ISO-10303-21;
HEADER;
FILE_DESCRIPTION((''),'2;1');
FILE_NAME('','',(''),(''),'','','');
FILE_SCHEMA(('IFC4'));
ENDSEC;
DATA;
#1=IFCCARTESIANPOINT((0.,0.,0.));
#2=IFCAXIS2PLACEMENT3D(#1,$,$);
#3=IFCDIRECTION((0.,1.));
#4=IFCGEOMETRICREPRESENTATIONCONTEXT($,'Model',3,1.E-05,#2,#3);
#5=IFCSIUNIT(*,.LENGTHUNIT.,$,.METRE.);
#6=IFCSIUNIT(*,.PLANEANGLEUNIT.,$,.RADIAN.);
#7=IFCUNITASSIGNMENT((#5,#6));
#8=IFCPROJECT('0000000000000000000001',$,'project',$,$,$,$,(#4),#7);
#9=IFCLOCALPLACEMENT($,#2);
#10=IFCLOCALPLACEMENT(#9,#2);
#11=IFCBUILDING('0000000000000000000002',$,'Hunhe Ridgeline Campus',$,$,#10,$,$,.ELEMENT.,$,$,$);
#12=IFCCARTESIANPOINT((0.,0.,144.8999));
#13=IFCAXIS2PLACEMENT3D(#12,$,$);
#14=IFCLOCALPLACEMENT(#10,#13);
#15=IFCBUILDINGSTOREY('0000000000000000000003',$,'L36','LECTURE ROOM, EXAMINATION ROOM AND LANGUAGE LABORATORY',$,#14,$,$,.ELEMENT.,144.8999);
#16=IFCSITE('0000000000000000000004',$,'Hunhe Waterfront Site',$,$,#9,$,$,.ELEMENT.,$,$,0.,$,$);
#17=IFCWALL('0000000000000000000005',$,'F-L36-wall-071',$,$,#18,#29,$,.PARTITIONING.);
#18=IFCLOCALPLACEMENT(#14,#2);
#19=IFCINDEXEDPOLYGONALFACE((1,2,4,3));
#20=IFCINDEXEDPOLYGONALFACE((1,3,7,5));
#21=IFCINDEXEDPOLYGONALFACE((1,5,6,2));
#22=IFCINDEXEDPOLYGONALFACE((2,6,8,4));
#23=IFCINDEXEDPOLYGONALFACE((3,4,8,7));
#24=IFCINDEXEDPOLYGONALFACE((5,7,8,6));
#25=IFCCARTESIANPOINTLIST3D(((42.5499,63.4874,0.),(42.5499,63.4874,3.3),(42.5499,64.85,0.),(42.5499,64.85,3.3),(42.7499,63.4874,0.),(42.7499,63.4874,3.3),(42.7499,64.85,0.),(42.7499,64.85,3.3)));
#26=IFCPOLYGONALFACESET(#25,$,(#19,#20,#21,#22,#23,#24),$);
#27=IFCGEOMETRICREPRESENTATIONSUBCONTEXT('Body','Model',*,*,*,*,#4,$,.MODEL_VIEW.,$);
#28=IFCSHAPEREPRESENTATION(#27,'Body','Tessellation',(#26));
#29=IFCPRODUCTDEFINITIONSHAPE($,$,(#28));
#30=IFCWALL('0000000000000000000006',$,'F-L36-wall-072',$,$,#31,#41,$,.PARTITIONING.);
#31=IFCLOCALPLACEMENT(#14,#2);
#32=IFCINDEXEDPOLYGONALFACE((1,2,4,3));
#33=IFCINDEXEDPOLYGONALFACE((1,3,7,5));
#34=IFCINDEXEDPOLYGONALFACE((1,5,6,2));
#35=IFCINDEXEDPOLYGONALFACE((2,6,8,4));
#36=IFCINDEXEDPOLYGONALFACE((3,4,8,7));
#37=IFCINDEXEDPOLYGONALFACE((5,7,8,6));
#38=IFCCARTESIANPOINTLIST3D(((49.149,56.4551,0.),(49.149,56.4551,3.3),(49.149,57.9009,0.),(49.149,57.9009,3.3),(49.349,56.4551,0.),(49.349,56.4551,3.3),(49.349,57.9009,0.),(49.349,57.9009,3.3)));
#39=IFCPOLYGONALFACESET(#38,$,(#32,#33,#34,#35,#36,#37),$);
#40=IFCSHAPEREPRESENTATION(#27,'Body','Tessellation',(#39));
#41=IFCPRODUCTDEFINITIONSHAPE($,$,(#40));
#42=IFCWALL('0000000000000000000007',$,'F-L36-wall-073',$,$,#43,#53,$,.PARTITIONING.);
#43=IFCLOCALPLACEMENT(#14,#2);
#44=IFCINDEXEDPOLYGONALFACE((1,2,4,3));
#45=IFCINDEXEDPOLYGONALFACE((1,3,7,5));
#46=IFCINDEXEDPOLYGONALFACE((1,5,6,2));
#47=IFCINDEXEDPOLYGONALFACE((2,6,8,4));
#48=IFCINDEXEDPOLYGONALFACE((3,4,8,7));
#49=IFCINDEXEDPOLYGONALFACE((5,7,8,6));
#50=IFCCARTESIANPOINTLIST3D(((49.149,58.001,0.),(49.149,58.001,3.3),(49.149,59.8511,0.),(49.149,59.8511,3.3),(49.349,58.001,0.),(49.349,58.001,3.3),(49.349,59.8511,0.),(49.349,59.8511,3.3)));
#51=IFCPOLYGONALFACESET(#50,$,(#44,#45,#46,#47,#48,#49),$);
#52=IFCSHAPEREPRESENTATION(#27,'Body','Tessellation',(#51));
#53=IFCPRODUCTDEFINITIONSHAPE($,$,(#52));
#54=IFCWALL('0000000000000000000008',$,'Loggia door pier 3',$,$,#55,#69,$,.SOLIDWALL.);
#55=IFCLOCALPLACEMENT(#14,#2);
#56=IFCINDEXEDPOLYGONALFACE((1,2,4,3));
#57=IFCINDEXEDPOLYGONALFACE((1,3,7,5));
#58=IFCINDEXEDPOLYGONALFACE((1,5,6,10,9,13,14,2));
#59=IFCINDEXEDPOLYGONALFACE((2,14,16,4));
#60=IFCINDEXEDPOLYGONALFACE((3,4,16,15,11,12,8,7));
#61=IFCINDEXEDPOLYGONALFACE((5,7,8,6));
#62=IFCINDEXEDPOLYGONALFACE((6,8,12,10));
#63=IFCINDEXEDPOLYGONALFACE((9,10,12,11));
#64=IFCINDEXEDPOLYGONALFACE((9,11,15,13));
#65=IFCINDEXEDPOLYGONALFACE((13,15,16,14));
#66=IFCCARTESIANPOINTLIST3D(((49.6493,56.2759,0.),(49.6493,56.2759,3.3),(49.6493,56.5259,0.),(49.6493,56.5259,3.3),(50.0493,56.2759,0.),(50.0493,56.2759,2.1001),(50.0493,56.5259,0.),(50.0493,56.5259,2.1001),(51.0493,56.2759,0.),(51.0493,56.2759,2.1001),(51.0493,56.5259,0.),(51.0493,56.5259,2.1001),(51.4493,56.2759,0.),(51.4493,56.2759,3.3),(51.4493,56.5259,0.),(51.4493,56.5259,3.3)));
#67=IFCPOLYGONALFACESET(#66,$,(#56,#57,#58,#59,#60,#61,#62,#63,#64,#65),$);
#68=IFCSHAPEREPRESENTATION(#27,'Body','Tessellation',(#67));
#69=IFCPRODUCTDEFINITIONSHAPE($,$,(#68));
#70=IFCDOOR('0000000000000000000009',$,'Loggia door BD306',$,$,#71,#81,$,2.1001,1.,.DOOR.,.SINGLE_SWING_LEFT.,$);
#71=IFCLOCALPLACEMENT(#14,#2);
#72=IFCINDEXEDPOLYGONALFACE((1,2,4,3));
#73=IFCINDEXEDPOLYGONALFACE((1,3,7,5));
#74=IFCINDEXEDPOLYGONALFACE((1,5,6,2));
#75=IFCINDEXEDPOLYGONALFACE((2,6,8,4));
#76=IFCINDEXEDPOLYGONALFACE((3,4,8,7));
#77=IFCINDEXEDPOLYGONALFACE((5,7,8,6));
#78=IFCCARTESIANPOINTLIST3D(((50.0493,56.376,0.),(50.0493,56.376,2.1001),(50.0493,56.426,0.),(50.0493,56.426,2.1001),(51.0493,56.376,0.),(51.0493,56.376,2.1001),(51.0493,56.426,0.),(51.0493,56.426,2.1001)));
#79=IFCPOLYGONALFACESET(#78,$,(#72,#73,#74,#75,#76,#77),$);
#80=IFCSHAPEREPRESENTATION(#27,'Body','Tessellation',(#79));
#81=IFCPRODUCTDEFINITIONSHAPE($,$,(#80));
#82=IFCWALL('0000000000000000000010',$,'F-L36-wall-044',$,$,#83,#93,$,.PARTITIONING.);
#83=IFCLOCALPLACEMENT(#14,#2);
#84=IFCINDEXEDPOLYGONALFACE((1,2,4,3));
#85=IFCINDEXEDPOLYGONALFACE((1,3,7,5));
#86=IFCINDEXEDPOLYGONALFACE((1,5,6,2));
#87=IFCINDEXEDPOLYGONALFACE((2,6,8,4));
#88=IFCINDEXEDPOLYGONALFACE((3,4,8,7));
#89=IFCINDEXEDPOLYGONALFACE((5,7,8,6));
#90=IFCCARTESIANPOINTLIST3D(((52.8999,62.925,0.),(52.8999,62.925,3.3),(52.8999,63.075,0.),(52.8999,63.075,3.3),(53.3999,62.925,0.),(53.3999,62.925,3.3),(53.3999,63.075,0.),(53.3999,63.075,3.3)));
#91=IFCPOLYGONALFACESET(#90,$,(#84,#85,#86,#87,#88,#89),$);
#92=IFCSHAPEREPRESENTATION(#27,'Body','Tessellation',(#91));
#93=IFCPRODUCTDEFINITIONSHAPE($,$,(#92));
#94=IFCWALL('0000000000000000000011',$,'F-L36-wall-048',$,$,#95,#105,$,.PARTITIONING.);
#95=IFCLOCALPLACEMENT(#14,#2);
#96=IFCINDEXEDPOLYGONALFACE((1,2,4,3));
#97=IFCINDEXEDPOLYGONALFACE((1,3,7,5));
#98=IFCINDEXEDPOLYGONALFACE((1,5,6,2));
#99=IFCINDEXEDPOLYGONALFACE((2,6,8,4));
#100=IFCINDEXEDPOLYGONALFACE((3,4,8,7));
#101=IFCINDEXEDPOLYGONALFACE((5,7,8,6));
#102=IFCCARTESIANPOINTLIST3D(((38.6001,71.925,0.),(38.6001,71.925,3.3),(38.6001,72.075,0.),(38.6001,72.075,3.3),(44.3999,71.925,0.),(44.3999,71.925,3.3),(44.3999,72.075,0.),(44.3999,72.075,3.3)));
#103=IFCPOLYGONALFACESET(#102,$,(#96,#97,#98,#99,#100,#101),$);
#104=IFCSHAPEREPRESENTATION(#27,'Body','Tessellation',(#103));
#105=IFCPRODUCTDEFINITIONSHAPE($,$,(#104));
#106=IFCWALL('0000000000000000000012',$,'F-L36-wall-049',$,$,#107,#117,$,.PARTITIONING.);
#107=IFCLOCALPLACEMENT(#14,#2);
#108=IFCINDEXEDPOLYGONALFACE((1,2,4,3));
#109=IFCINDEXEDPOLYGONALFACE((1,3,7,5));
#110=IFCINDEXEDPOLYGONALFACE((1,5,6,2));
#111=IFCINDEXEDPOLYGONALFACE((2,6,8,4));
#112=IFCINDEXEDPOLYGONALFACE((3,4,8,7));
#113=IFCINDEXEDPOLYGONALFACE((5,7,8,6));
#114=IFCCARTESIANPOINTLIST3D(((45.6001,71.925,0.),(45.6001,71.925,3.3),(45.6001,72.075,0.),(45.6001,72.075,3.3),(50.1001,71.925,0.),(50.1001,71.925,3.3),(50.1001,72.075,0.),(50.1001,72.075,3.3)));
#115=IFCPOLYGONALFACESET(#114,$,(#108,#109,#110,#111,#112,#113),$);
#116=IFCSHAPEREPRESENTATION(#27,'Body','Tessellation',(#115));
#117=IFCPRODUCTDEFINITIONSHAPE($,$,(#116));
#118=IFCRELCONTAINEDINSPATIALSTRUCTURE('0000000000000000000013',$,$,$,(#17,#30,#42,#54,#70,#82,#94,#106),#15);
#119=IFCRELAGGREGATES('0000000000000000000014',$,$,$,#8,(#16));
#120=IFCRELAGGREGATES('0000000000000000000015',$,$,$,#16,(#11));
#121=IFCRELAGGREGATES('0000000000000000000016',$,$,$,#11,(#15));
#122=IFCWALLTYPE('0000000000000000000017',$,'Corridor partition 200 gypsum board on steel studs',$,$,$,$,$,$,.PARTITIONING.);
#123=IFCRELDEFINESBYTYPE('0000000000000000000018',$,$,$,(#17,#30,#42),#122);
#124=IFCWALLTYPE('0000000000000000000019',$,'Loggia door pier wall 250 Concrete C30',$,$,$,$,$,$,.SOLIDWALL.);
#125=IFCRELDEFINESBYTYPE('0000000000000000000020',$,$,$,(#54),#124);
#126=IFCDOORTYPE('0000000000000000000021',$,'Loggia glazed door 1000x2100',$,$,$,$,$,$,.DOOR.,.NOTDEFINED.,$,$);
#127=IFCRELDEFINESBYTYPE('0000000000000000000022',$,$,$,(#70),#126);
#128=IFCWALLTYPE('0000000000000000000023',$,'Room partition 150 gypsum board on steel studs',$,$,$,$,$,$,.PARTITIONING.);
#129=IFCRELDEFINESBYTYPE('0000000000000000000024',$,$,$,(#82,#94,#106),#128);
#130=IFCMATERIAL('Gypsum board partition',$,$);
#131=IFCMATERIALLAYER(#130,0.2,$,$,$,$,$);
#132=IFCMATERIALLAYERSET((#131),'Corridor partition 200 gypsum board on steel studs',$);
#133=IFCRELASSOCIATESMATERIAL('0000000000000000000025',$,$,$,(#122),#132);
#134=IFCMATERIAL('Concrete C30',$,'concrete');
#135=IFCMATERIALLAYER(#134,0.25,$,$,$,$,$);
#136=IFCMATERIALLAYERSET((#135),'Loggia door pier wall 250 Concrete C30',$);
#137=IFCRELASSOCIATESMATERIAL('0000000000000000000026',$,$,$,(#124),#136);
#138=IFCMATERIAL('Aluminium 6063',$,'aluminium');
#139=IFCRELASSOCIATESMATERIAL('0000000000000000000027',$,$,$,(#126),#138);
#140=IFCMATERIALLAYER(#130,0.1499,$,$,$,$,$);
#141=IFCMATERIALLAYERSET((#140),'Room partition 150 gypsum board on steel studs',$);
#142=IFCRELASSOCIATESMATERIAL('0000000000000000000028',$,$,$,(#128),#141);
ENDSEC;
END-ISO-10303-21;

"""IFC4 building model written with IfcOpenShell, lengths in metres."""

from ifc_helpers import new_model, si_unit, direction, frame, frame_2d, origin, place, context, subcontext, project, spatial, rectangle, extrude, material, layer, layer_set, type_object, element, fill, save


model = new_model("IFC4")

# Units and contexts
model_context = context("Model", 3, precision=1e-05, world=origin(), true_north=direction((0.0, 1.0)))
body_context = subcontext(model_context, "Body", "Model", "MODEL_VIEW")
ifc_project = project(units=[si_unit("LENGTHUNIT", "METRE"), si_unit("PLANEANGLEUNIT", "RADIAN")], contexts=[model_context])

# Site, building, storey
site_placement = place(None, origin())
site = spatial("IfcSite", under=ifc_project, at=site_placement, Name="Hunhe Waterfront Site", CompositionType="ELEMENT", RefElevation=0.0)
building_placement = place(site_placement, origin())
building = spatial("IfcBuilding", under=site, at=building_placement, Name="Hunhe Ridgeline Campus", CompositionType="ELEMENT")
storey_placement = place(building_placement, frame((0.0, 0.0, 144.8999)))
storey = spatial("IfcBuildingStorey", under=building, at=storey_placement, Name="L36", Description="LECTURE ROOM, EXAMINATION ROOM AND LANGUAGE LABORATORY", CompositionType="ELEMENT", Elevation=144.8999)

# Shared definitions
ifc_material_1 = material(Name="Aluminium 6063", Category="aluminium")

# Shared definitions
ifc_material_2 = material(Name="Concrete C30", Category="concrete")
ifc_material_3 = material(Name="Gypsum board partition")
ifc_layer_1 = layer(ifc_material_3, 0.2)
ifc_layer_set_1 = layer_set([ifc_layer_1], Name="Corridor partition 200 gypsum board on steel studs")
wall_type_1 = type_object("IfcWallType", Name="Corridor partition 200 gypsum board on steel studs", PredefinedType="PARTITIONING", material=ifc_layer_set_1)

# Walls
wall_1_placement = place(storey_placement, frame((42.6499, 63.4875, 0.0), z_axis=(0.0, 0.0, 1.0), x_axis=(0.0, 1.0, 0.0)))
element("IfcWall", 1, at=wall_1_placement, inside=storey, type_object=wall_type_1, Name="F-L36-wall-071", PredefinedType="PARTITIONING", context=body_context, shape_type="SweptSolid", body=[
    extrude(rectangle(XDim=1.3625, YDim=0.2, at=frame_2d((0.6812, 0.0))), origin(), (0.0, 0.0, 1.0), 3.3),
])
wall_2_placement = place(storey_placement, frame((49.249, 56.4551, 0.0), z_axis=(0.0, 0.0, 1.0), x_axis=(0.0, 1.0, 0.0)))
element("IfcWall", 2, at=wall_2_placement, inside=storey, type_object=wall_type_1, Name="F-L36-wall-072", PredefinedType="PARTITIONING", context=body_context, shape_type="SweptSolid", body=[
    extrude(rectangle(XDim=1.4458, YDim=0.2, at=frame_2d((0.7229, 0.0))), origin(), (0.0, 0.0, 1.0), 3.3),
])
wall_3_placement = place(storey_placement, frame((49.249, 58.001, 0.0), z_axis=(0.0, 0.0, 1.0), x_axis=(0.0, 1.0, 0.0)))
element("IfcWall", 3, at=wall_3_placement, inside=storey, type_object=wall_type_1, Name="F-L36-wall-073", PredefinedType="PARTITIONING", context=body_context, shape_type="SweptSolid", body=[
    extrude(rectangle(XDim=1.8501, YDim=0.2, at=frame_2d((0.925, 0.0))), origin(), (0.0, 0.0, 1.0), 3.3),
])

# Wall, opening, door
ifc_layer_2 = layer(ifc_material_2, 0.25)
ifc_layer_set_2 = layer_set([ifc_layer_2], Name="Loggia door pier wall 250 Concrete C30")
wall_type_2 = type_object("IfcWallType", Name="Loggia door pier wall 250 Concrete C30", PredefinedType="SOLIDWALL", material=ifc_layer_set_2)
wall_4_placement = place(storey_placement, frame((49.6494, 56.4009, 0.0), z_axis=(0.0, 0.0, 1.0), x_axis=(1.0, 0.0, 0.0)))
wall_4 = element("IfcWall", 4, at=wall_4_placement, inside=storey, type_object=wall_type_2, Name="Loggia door pier 3", PredefinedType="SOLIDWALL", context=body_context, shape_type="SweptSolid", body=[
    extrude(rectangle(XDim=1.8, YDim=0.25, at=frame_2d((0.8999, 0.0))), origin(), (0.0, 0.0, 1.0), 3.3),
])
opening_1_placement = place(wall_4_placement, frame((0.3999, 0.0, 0.0)))
opening_1 = element("IfcOpeningElement", 5, at=opening_1_placement, cuts=wall_4, PredefinedType="OPENING", context=body_context, shape_type="SweptSolid", body=[
    extrude(rectangle(XDim=1.0, YDim=2.1001, at=frame_2d((0.5, 1.05))), frame((0.0, 0.125, 0.0), z_axis=(0.0, -1.0, 0.0), x_axis=(1.0, 0.0, 0.0)), (0.0, 0.0, 1.0), 0.25),
])
door_type_1 = type_object("IfcDoorType", Name="Loggia glazed door 1000x2100", OperationType="NOTDEFINED", PredefinedType="DOOR", material=ifc_material_1)
door_1_placement = place(opening_1_placement, frame((1.0, 0.0, 0.0), z_axis=(0.0, 0.0, 1.0), x_axis=(-1.0, 0.0, 0.0)))
door_1 = element("IfcDoor", 6, at=door_1_placement, inside=storey, type_object=door_type_1, Name="Loggia door BD306", OperationType="SINGLE_SWING_LEFT", OverallHeight=2.1001, OverallWidth=1.0, PredefinedType="DOOR", context=body_context, shape_type="SweptSolid", body=[
    extrude(rectangle(XDim=1.0, YDim=2.1001, at=frame_2d((0.5, 1.05))), frame((0.0, 0.0249, 0.0), z_axis=(0.0, -1.0, 0.0), x_axis=(1.0, 0.0, 0.0)), (0.0, 0.0, 1.0), 0.05),
])
fill(opening_1, door_1)

# Walls
ifc_layer_3 = layer(ifc_material_3, 0.1499)
ifc_layer_set_3 = layer_set([ifc_layer_3], Name="Room partition 150 gypsum board on steel studs")
wall_type_3 = type_object("IfcWallType", Name="Room partition 150 gypsum board on steel studs", PredefinedType="PARTITIONING", material=ifc_layer_set_3)
wall_5_placement = place(storey_placement, frame((52.8999, 63.0, 0.0), z_axis=(0.0, 0.0, 1.0), x_axis=(1.0, 0.0, 0.0)))
element("IfcWall", 7, at=wall_5_placement, inside=storey, type_object=wall_type_3, Name="F-L36-wall-044", PredefinedType="PARTITIONING", context=body_context, shape_type="SweptSolid", body=[
    extrude(rectangle(XDim=0.5, YDim=0.1499, at=frame_2d((0.25, 0.0))), origin(), (0.0, 0.0, 1.0), 3.3),
])
wall_6_placement = place(storey_placement, frame((38.6001, 72.0, 0.0), z_axis=(0.0, 0.0, 1.0), x_axis=(1.0, 0.0, 0.0)))
element("IfcWall", 8, at=wall_6_placement, inside=storey, type_object=wall_type_3, Name="F-L36-wall-048", PredefinedType="PARTITIONING", context=body_context, shape_type="SweptSolid", body=[
    extrude(rectangle(XDim=5.7998, YDim=0.1499, at=frame_2d((2.8999, 0.0))), origin(), (0.0, 0.0, 1.0), 3.3),
])
wall_7_placement = place(storey_placement, frame((45.6001, 72.0, 0.0), z_axis=(0.0, 0.0, 1.0), x_axis=(1.0, 0.0, 0.0)))
element("IfcWall", 9, at=wall_7_placement, inside=storey, type_object=wall_type_3, Name="F-L36-wall-049", PredefinedType="PARTITIONING", context=body_context, shape_type="SweptSolid", body=[
    extrude(rectangle(XDim=4.5, YDim=0.1499, at=frame_2d((2.25, 0.0))), origin(), (0.0, 0.0, 1.0), 3.3),
])

save(model, "model.ifc")
